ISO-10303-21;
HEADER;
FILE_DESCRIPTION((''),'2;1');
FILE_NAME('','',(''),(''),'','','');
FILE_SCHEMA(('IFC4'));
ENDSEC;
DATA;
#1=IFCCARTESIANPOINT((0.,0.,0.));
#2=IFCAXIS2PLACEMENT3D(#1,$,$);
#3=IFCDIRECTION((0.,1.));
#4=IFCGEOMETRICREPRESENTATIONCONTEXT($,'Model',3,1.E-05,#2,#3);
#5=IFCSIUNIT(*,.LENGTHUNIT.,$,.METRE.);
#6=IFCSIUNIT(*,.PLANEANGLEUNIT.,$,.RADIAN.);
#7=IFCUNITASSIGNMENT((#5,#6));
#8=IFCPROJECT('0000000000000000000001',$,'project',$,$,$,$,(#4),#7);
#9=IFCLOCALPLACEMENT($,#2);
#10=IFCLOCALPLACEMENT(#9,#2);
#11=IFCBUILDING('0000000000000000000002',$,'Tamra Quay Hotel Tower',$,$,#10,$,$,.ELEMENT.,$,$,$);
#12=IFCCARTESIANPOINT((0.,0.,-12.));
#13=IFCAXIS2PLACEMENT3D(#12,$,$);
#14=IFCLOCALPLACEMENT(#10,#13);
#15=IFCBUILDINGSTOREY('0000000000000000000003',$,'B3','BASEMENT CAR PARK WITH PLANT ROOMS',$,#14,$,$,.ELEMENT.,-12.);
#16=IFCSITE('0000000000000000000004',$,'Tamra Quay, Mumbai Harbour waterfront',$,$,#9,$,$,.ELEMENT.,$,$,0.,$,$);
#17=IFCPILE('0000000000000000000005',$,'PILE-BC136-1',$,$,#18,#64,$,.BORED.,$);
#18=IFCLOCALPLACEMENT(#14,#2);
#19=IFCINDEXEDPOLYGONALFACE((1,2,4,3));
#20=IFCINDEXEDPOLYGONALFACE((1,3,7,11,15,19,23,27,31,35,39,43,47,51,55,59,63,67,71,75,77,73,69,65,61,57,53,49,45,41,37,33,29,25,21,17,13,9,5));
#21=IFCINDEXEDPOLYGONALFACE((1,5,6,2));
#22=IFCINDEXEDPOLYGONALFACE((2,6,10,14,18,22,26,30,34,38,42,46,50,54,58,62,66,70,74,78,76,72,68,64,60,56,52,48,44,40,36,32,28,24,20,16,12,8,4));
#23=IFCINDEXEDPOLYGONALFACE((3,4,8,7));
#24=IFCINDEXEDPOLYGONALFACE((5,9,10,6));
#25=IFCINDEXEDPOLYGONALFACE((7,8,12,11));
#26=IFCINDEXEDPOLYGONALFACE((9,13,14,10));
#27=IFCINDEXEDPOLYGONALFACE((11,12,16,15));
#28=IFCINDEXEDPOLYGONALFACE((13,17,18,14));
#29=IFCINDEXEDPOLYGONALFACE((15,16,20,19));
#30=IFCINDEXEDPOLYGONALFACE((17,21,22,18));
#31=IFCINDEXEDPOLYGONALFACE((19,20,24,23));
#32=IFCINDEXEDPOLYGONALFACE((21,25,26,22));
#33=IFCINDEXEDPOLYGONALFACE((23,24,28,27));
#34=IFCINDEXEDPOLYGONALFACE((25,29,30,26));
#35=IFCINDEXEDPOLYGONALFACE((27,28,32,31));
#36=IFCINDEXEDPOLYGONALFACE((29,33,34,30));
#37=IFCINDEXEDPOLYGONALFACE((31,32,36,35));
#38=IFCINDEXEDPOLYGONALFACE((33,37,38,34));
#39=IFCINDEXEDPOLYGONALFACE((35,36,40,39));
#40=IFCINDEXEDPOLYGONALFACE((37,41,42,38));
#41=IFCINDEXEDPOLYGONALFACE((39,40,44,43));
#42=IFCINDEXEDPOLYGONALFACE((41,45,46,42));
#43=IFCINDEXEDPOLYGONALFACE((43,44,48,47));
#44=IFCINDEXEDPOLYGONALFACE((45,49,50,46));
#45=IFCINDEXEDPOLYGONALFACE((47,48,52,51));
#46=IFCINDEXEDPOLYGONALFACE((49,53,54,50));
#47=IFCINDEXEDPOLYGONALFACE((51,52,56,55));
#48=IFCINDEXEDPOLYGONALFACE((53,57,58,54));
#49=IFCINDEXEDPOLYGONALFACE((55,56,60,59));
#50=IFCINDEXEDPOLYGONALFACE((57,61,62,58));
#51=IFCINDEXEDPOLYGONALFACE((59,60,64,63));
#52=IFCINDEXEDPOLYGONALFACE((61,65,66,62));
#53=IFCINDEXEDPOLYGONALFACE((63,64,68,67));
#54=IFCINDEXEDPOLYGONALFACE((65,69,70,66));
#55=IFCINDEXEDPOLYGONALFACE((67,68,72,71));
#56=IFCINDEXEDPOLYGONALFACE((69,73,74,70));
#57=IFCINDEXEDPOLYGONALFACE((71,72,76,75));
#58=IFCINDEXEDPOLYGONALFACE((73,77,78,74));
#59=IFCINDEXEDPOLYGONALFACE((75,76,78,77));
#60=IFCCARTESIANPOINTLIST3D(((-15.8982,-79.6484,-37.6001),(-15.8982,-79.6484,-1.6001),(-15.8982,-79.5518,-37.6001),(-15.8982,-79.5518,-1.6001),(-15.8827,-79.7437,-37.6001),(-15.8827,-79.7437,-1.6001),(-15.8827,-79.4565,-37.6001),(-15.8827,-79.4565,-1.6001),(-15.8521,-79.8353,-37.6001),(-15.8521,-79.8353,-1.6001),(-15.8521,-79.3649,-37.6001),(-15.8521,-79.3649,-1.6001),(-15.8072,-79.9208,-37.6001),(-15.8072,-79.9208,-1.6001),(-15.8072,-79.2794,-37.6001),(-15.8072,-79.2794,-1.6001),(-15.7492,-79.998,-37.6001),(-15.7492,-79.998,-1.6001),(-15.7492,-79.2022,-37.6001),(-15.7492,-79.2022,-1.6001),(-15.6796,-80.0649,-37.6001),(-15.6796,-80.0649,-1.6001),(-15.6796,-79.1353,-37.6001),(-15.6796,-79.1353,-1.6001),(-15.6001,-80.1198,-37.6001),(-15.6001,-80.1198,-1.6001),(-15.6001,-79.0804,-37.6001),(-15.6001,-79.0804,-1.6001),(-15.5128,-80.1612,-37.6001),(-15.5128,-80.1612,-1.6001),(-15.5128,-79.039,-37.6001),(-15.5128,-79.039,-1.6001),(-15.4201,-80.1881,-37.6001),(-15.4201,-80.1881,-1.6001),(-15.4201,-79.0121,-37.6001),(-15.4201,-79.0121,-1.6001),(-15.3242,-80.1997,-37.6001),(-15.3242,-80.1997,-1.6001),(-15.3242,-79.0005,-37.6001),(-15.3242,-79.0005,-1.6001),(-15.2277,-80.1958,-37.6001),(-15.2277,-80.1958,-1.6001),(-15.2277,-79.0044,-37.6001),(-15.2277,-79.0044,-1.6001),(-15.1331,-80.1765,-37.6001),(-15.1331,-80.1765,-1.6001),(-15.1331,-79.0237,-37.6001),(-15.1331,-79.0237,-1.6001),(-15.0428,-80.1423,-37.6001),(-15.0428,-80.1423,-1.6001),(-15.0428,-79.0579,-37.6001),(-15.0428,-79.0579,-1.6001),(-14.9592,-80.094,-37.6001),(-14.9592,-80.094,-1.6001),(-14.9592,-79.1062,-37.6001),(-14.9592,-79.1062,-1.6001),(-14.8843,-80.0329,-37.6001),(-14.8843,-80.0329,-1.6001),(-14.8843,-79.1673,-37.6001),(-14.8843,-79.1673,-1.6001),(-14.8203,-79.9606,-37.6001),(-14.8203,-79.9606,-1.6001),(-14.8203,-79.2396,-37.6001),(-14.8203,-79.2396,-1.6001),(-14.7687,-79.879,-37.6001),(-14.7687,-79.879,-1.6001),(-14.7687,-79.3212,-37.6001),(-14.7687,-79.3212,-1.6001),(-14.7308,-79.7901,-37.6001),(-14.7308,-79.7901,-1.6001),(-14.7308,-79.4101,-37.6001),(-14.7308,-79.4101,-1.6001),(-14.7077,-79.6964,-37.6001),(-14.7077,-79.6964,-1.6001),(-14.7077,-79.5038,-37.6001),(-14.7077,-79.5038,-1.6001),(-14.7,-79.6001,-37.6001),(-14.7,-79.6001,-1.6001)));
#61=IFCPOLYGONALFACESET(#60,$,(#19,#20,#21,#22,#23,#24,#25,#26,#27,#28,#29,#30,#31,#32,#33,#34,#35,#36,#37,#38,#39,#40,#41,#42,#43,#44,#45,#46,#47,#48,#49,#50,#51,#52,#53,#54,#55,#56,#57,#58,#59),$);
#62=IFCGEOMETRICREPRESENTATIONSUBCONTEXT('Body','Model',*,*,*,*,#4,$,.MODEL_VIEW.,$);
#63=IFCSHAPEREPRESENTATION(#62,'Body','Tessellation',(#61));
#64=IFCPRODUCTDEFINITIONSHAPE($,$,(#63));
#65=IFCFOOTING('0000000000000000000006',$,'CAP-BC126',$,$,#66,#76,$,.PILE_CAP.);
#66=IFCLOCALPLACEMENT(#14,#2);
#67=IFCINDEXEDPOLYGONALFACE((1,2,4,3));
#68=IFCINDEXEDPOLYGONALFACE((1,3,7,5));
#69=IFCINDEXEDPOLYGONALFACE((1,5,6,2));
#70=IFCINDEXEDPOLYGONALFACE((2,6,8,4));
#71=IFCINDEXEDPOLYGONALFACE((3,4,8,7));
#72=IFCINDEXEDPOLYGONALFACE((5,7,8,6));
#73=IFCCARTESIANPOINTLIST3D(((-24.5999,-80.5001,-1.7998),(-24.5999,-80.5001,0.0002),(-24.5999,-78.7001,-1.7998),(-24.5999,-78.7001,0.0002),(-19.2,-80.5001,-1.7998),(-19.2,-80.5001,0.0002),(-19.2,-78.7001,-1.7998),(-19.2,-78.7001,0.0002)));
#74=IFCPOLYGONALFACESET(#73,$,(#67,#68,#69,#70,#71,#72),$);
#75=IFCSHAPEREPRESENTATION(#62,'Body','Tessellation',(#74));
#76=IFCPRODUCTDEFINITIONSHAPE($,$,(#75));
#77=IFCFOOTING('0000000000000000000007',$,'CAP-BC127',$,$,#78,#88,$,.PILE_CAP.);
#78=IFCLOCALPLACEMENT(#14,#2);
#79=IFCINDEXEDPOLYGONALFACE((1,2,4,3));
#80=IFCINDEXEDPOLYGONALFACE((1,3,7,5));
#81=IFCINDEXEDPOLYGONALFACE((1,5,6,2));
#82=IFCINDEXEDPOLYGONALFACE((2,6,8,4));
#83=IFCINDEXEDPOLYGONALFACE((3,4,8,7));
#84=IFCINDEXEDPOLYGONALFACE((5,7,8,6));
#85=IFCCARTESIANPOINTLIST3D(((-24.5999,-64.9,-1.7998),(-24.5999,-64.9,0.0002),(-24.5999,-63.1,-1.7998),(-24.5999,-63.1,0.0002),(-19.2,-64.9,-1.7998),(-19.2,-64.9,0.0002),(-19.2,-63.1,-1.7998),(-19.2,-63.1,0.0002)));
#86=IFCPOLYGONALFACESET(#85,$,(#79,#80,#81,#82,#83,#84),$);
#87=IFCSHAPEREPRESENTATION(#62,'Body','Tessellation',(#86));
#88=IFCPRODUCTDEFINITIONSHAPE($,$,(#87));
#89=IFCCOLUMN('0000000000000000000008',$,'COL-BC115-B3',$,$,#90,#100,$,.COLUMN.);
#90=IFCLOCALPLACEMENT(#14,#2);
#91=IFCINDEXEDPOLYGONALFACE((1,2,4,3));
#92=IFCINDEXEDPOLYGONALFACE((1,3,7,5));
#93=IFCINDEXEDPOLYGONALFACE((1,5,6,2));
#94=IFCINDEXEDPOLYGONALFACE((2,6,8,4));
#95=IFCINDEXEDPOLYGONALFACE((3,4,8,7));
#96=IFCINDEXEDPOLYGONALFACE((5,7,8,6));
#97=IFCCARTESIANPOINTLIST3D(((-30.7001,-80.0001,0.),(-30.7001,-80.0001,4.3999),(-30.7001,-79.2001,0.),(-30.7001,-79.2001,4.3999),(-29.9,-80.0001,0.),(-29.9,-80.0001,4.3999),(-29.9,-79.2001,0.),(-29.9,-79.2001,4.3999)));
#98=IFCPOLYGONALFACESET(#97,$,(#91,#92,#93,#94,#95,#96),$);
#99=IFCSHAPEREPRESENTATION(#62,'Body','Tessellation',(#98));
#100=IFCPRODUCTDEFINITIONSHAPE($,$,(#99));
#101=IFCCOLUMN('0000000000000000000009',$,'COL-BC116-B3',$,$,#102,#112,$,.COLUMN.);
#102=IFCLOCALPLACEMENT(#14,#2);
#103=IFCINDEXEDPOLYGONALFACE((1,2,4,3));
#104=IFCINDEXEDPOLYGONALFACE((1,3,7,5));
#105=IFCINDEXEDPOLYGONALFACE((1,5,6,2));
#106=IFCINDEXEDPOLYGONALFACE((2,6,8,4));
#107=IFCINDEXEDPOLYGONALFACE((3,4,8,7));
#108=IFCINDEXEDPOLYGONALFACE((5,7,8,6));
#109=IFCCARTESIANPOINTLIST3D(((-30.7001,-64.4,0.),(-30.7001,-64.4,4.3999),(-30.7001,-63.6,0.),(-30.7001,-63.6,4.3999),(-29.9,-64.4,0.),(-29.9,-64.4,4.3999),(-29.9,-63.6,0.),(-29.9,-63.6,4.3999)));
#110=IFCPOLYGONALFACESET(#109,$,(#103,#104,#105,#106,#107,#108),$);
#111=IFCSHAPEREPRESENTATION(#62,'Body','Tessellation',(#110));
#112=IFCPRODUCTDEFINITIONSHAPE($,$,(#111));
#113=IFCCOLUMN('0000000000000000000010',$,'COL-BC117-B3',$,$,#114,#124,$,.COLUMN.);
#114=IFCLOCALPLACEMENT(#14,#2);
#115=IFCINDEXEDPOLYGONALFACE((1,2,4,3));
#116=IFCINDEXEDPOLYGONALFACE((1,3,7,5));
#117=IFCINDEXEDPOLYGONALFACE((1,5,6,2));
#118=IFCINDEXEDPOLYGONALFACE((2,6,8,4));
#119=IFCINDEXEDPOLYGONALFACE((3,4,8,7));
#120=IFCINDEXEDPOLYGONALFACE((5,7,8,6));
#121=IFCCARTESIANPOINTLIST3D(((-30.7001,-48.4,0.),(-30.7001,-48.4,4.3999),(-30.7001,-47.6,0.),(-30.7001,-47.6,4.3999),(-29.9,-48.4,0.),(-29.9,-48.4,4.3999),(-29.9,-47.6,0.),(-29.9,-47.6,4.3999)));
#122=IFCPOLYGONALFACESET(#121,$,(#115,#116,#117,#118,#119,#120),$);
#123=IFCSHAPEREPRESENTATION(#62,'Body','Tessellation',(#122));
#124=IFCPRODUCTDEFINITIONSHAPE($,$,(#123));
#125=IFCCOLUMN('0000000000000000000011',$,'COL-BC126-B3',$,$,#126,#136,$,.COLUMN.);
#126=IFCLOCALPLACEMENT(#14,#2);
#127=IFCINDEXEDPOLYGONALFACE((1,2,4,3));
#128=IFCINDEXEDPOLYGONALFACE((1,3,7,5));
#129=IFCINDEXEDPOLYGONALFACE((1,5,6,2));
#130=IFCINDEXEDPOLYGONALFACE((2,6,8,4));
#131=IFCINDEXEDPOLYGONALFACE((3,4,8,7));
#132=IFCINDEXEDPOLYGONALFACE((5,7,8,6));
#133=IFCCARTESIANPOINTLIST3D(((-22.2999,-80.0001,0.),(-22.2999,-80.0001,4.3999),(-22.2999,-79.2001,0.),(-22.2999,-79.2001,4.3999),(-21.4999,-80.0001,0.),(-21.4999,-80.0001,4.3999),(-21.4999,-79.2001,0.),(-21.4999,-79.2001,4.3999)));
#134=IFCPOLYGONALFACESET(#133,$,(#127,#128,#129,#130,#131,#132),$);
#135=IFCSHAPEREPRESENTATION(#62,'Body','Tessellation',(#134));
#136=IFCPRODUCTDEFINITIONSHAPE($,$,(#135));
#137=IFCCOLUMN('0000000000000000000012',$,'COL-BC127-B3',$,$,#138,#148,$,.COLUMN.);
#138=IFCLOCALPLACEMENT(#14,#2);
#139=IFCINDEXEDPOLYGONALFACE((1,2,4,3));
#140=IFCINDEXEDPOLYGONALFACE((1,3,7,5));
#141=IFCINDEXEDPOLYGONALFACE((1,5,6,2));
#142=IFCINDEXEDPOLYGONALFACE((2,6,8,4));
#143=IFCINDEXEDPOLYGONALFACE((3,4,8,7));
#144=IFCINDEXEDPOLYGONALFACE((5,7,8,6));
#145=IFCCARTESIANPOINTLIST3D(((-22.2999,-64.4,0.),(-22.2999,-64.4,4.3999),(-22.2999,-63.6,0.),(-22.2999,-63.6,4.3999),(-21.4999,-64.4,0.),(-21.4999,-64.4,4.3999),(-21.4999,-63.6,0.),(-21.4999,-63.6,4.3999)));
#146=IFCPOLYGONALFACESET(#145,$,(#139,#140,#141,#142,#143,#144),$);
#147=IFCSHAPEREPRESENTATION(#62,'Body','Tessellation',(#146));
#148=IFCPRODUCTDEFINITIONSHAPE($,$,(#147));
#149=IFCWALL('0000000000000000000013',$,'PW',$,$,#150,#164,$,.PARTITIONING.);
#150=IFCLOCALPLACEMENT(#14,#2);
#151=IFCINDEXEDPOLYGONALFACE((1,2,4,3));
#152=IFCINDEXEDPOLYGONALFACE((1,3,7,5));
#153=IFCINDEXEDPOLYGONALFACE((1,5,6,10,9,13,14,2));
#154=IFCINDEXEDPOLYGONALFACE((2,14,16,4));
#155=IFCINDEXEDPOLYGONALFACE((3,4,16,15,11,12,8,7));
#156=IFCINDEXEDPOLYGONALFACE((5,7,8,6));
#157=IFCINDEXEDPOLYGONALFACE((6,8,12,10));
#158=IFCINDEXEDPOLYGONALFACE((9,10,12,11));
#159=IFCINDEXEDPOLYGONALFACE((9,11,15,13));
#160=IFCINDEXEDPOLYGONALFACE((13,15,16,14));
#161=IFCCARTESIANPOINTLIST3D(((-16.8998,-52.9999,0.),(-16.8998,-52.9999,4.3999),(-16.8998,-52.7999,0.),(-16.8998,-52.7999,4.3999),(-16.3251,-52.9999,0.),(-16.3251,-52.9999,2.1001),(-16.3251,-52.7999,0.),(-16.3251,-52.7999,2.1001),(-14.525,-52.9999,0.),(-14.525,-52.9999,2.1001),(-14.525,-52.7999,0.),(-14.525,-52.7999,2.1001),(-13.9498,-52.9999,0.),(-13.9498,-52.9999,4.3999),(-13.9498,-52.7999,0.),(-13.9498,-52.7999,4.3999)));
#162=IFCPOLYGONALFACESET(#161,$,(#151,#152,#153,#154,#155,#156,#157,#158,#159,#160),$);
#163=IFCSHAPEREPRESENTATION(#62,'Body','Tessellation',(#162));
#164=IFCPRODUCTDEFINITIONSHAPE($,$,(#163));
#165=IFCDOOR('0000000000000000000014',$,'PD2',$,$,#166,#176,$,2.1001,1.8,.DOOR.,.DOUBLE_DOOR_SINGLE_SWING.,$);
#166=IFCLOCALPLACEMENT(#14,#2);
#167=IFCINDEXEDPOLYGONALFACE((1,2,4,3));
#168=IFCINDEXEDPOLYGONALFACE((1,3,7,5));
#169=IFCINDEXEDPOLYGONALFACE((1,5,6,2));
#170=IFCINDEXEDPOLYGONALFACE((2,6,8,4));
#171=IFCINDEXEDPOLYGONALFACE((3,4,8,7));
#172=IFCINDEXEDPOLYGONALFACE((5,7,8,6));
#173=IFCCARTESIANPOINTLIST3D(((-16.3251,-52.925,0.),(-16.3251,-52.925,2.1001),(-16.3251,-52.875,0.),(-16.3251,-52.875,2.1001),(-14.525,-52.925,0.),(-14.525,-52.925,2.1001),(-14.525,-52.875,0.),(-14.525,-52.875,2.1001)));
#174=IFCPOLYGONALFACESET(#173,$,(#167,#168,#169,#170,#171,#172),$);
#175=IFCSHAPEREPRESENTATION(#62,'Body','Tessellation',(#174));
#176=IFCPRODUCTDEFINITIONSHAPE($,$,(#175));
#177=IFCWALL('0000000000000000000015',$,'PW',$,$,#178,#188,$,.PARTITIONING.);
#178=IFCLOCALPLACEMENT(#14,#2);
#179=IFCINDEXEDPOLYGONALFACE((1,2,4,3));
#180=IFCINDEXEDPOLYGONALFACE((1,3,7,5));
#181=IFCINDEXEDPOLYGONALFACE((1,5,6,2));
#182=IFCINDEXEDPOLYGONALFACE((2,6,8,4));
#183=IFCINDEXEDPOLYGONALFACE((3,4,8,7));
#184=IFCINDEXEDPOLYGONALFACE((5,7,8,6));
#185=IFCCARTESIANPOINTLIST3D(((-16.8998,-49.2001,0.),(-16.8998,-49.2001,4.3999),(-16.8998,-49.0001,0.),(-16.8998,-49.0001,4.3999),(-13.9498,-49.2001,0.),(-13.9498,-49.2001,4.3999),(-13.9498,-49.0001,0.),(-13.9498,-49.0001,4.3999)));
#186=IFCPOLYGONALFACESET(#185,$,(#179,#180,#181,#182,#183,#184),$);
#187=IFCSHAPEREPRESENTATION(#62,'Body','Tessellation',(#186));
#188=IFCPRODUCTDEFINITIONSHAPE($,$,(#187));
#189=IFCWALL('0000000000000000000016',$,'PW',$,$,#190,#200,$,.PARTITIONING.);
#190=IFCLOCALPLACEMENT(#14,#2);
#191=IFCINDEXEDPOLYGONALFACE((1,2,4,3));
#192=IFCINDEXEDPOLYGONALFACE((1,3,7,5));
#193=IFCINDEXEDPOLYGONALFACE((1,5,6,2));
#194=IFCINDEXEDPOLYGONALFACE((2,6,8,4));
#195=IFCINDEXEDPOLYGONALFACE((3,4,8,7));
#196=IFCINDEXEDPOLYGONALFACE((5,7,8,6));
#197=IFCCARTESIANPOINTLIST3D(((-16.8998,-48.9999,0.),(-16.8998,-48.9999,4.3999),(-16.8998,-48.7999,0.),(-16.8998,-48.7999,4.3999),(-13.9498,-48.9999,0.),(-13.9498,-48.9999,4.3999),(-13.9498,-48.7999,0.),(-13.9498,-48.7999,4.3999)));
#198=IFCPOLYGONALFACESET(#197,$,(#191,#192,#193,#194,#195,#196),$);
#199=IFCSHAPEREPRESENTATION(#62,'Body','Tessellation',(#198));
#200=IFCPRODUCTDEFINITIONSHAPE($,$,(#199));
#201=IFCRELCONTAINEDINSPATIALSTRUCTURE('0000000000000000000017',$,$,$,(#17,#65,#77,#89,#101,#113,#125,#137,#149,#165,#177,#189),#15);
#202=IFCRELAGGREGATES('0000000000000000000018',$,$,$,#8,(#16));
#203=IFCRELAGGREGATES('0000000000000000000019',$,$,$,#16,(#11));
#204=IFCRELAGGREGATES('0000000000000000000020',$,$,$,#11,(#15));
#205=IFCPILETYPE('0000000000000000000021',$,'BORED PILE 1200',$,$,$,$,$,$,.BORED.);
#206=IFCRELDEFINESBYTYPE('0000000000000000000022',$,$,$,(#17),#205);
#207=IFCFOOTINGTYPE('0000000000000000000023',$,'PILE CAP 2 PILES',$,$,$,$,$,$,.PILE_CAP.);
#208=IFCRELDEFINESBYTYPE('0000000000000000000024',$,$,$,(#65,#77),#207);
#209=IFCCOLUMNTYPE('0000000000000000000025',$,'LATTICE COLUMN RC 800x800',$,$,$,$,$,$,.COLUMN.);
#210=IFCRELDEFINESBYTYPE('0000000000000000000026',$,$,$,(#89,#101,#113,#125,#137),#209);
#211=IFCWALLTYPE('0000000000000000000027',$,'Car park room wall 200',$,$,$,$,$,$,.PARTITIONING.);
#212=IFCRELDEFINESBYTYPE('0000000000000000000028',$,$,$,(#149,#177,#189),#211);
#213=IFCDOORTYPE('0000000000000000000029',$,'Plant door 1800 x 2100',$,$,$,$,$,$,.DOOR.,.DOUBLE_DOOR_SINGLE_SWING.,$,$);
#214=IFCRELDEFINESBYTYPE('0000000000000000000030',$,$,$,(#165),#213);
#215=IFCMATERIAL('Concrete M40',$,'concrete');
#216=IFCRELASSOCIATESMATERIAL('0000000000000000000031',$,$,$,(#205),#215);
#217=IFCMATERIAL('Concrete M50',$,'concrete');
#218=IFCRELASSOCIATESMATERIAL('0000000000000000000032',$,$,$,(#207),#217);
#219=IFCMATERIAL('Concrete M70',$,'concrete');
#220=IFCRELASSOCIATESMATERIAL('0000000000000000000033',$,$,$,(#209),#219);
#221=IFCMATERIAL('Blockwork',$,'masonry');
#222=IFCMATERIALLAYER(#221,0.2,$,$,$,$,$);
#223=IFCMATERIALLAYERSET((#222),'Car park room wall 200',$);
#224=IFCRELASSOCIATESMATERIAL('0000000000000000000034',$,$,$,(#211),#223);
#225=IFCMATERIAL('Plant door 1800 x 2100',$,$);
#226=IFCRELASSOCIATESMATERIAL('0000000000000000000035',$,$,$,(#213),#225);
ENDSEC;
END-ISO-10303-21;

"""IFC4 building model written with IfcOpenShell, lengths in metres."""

from ifc_helpers import new_model, si_unit, direction, frame, frame_2d, origin, origin_2d, place, context, subcontext, project, spatial, rectangle, circle, extrude, material, layer, layer_set, material_profile, profile_set, type_object, element, fill, save


model = new_model("IFC4")

# Units and contexts
model_context = context("Model", 3, precision=1e-05, world=origin(), true_north=direction((0.0, 1.0)))
body_context = subcontext(model_context, "Body", "Model", "MODEL_VIEW")
ifc_project = project(units=[si_unit("LENGTHUNIT", "METRE"), si_unit("PLANEANGLEUNIT", "RADIAN")], contexts=[model_context])

# Site, building, storey
site_placement = place(None, origin())
site = spatial("IfcSite", under=ifc_project, at=site_placement, Name="Tamra Quay, Mumbai Harbour waterfront", CompositionType="ELEMENT", RefElevation=0.0)
building_placement = place(site_placement, origin())
building = spatial("IfcBuilding", under=site, at=building_placement, Name="Tamra Quay Hotel Tower", CompositionType="ELEMENT")
storey_placement = place(building_placement, frame((0.0, 0.0, -12.0)))
storey = spatial("IfcBuildingStorey", under=building, at=storey_placement, Name="B3", Description="BASEMENT CAR PARK WITH PLANT ROOMS", CompositionType="ELEMENT", Elevation=-12.0)

# Pile
ifc_material_1 = material(Name="Concrete M40", Category="concrete")
ifc_material_profile_1 = material_profile(ifc_material_1, circle(Radius=0.6001, at=origin_2d()), Name="BORED PILE 1200")
ifc_profile_set_1 = profile_set([ifc_material_profile_1], Name="Concrete M40")
pile_type = type_object("IfcPileType", Name="BORED PILE 1200", PredefinedType="BORED", material=ifc_profile_set_1)
for number, where, z_axis, x_axis, name in (
    (1, (-15.3, -79.6001, -1.6001), (0.0, 0.0, -1.0), (1.0, 0.0, 0.0), "PILE-BC136-1"),
):
    element("IfcPile", number, at=place(storey_placement, frame(where, z_axis=z_axis, x_axis=x_axis)), inside=storey, type_object=pile_type, Name=name, PredefinedType="BORED", context=body_context, shape_type="SweptSolid", body=[
        extrude(circle(Radius=0.6001, at=origin_2d()), origin(), (0.0, 0.0, 1.0), 36.0),
    ])

# Footings
ifc_material_2 = material(Name="Concrete M50", Category="concrete")
footing_type = type_object("IfcFootingType", Name="PILE CAP 2 PILES", PredefinedType="PILE_CAP", material=ifc_material_2)
for number, where, z_axis, x_axis, name in (
    (2, (-21.8999, -79.6001, -1.7998), (0.0, 0.0, 1.0), (1.0, 0.0, 0.0), "CAP-BC126"),
    (3, (-21.8999, -64.0, -1.7998), (0.0, 0.0, 1.0), (1.0, 0.0, 0.0), "CAP-BC127"),
):
    element("IfcFooting", number, at=place(storey_placement, frame(where, z_axis=z_axis, x_axis=x_axis)), inside=storey, type_object=footing_type, Name=name, PredefinedType="PILE_CAP", context=body_context, shape_type="SweptSolid", body=[
        extrude(rectangle(XDim=5.3999, YDim=1.8, at=origin_2d()), origin(), (0.0, 0.0, 1.0), 1.8),
    ])

# Columns
ifc_material_3 = material(Name="Concrete M70", Category="concrete")
ifc_material_profile_2 = material_profile(ifc_material_3, rectangle(XDim=0.8, YDim=0.8, at=origin_2d()), Name="LATTICE COLUMN RC 800x800")
ifc_profile_set_2 = profile_set([ifc_material_profile_2], Name="Concrete M70")
column_type = type_object("IfcColumnType", Name="LATTICE COLUMN RC 800x800", PredefinedType="COLUMN", material=ifc_profile_set_2)
for number, where, z_axis, x_axis, name in (
    (4, (-30.3, -79.6001, 0.0), (0.0, 0.0, 1.0), (1.0, 0.0, 0.0), "COL-BC115-B3"),
    (5, (-30.3, -64.0, 0.0), (0.0, 0.0, 1.0), (1.0, 0.0, 0.0), "COL-BC116-B3"),
    (6, (-30.3, -48.0, 0.0), (0.0, 0.0, 1.0), (1.0, 0.0, 0.0), "COL-BC117-B3"),
    (7, (-21.8999, -79.6001, 0.0), (0.0, 0.0, 1.0), (1.0, 0.0, 0.0), "COL-BC126-B3"),
    (8, (-21.8999, -64.0, 0.0), (0.0, 0.0, 1.0), (1.0, 0.0, 0.0), "COL-BC127-B3"),
):
    element("IfcColumn", number, at=place(storey_placement, frame(where, z_axis=z_axis, x_axis=x_axis)), inside=storey, type_object=column_type, Name=name, PredefinedType="COLUMN", context=body_context, shape_type="SweptSolid", body=[
        extrude(rectangle(XDim=0.8, YDim=0.8, at=origin_2d()), origin(), (0.0, 0.0, 1.0), 4.3999),
    ])

# Wall, opening, door
ifc_material_4 = material(Name="Blockwork", Category="masonry")
ifc_layer_1 = layer(ifc_material_4, 0.2)
ifc_layer_set_1 = layer_set([ifc_layer_1], Name="Car park room wall 200")
wall_type_1 = type_object("IfcWallType", Name="Car park room wall 200", PredefinedType="PARTITIONING", material=ifc_layer_set_1)
wall_1_placement = place(storey_placement, frame((-16.8999, -52.8999, 0.0), z_axis=(0.0, 0.0, 1.0), x_axis=(1.0, 0.0, 0.0)))
wall_1 = element("IfcWall", 9, at=wall_1_placement, inside=storey, type_object=wall_type_1, Name="PW", PredefinedType="PARTITIONING", context=body_context, shape_type="SweptSolid", body=[
    extrude(rectangle(XDim=2.95, YDim=0.2, at=frame_2d((1.4751, 0.0))), origin(), (0.0, 0.0, 1.0), 4.3999),
])
opening_1_placement = place(wall_1_placement, frame((0.575, 0.0, 0.0)))
opening_1 = element("IfcOpeningElement", 10, at=opening_1_placement, cuts=wall_1, PredefinedType="OPENING", context=body_context, shape_type="SweptSolid", body=[
    extrude(rectangle(XDim=1.8, YDim=2.1001, at=frame_2d((0.8999, 1.05))), frame((0.0, 0.1099, 0.0), z_axis=(0.0, -1.0, 0.0), x_axis=(1.0, 0.0, 0.0)), (0.0, 0.0, 1.0), 0.22),
])
ifc_material_5 = material(Name="Plant door 1800 x 2100")
door_type_1 = type_object("IfcDoorType", Name="Plant door 1800 x 2100", OperationType="DOUBLE_DOOR_SINGLE_SWING", PredefinedType="DOOR", material=ifc_material_5)
door_1_placement = place(opening_1_placement, origin())
door_1 = element("IfcDoor", 11, at=door_1_placement, inside=storey, type_object=door_type_1, Name="PD2", OperationType="DOUBLE_DOOR_SINGLE_SWING", OverallHeight=2.1001, OverallWidth=1.8, PredefinedType="DOOR", context=body_context, shape_type="SweptSolid", body=[
    extrude(rectangle(XDim=1.8, YDim=2.1001, at=frame_2d((0.8999, 1.05))), frame((0.0, 0.0249, 0.0), z_axis=(0.0, -1.0, 0.0), x_axis=(1.0, 0.0, 0.0)), (0.0, 0.0, 1.0), 0.05),
])
fill(opening_1, door_1)

# Walls
for number, where, z_axis, x_axis, name in (
    (12, (-16.8999, -49.1001, 0.0), (0.0, 0.0, 1.0), (1.0, 0.0, 0.0), "PW"),
    (13, (-16.8999, -48.8999, 0.0), (0.0, 0.0, 1.0), (1.0, 0.0, 0.0), "PW"),
):
    element("IfcWall", number, at=place(storey_placement, frame(where, z_axis=z_axis, x_axis=x_axis)), inside=storey, type_object=wall_type_1, Name=name, PredefinedType="PARTITIONING", context=body_context, shape_type="SweptSolid", body=[
        extrude(rectangle(XDim=2.95, YDim=0.2, at=frame_2d((1.4751, 0.0))), origin(), (0.0, 0.0, 1.0), 4.3999),
    ])

save(model, "model.ifc")
